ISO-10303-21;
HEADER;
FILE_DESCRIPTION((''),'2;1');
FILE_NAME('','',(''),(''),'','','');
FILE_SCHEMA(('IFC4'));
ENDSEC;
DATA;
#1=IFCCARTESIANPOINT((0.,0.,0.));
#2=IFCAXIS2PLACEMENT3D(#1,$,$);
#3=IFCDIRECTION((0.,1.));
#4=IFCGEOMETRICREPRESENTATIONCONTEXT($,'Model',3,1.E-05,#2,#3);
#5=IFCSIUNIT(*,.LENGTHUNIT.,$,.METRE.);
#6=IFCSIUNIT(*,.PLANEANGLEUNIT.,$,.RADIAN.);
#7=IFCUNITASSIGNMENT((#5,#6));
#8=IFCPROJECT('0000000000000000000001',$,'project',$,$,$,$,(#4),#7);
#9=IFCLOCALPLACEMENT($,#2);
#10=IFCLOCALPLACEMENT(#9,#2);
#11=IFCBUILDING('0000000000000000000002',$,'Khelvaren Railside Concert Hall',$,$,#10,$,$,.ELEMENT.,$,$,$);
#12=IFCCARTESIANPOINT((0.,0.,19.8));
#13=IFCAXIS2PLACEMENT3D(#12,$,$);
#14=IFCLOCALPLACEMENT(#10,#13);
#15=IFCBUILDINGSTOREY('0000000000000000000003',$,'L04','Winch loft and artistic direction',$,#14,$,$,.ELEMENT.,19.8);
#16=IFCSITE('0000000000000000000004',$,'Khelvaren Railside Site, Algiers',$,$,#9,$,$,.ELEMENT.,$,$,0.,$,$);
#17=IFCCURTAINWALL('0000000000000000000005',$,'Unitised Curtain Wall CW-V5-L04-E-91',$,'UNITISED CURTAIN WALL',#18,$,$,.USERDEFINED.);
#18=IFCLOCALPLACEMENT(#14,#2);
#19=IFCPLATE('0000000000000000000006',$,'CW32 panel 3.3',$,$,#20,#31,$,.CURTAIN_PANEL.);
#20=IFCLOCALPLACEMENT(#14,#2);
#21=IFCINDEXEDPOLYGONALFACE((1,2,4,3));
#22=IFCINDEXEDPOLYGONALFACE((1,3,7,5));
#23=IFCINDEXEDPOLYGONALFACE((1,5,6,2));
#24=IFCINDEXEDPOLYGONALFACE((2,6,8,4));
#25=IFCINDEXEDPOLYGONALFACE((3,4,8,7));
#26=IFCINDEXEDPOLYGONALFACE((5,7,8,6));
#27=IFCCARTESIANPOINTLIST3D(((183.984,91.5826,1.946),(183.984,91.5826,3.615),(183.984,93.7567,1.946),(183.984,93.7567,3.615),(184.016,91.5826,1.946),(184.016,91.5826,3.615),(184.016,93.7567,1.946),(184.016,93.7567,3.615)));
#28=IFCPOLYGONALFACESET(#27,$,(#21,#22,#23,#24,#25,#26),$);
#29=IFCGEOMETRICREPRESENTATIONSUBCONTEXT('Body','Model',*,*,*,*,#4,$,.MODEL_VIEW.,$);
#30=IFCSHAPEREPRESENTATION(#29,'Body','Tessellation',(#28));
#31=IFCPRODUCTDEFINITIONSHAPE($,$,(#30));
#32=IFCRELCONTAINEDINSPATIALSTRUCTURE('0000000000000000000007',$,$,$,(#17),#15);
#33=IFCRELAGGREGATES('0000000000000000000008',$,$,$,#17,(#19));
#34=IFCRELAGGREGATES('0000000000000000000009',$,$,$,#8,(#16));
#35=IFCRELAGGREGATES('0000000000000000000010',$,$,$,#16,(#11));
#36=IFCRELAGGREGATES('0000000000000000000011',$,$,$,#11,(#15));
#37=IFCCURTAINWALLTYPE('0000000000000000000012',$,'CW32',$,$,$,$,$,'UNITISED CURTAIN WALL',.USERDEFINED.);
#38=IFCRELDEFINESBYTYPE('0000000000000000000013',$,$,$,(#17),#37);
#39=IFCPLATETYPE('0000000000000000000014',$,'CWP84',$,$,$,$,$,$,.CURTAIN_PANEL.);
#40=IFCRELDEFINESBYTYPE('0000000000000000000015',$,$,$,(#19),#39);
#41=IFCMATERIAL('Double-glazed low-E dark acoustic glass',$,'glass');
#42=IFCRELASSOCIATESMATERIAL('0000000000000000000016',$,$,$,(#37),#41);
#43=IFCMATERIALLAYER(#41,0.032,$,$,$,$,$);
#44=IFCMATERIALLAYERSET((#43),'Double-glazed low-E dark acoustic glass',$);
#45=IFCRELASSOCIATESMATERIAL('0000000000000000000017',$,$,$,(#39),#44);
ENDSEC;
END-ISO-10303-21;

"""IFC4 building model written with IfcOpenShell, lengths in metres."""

from ifc_helpers import new_model, si_unit, direction, frame, origin, origin_2d, place, context, subcontext, project, spatial, rectangle, extrude, material, layer, layer_set, type_object, element, aggregate, save


model = new_model("IFC4")

# Units and contexts
model_context = context("Model", 3, precision=1e-05, world=origin(), true_north=direction((0.0, 1.0)))
body_context = subcontext(model_context, "Body", "Model", "MODEL_VIEW")
ifc_project = project(units=[si_unit("LENGTHUNIT", "METRE"), si_unit("PLANEANGLEUNIT", "RADIAN")], contexts=[model_context])

# Site, building, storey
site_placement = place(None, origin())
site = spatial("IfcSite", under=ifc_project, at=site_placement, Name="Khelvaren Railside Site, Algiers", CompositionType="ELEMENT", RefElevation=0.0)
building_placement = place(site_placement, origin())
building = spatial("IfcBuilding", under=site, at=building_placement, Name="Khelvaren Railside Concert Hall", CompositionType="ELEMENT")
storey_placement = place(building_placement, frame((0.0, 0.0, 19.8)))
storey = spatial("IfcBuildingStorey", under=building, at=storey_placement, Name="L04", Description="Winch loft and artistic direction", CompositionType="ELEMENT", Elevation=19.8)

# Curtain wall
ifc_material_1 = material(Name="Double-glazed low-E dark acoustic glass", Category="glass")
curtain_wall_type_1 = type_object("IfcCurtainWallType", Name="CW32", ElementType="UNITISED CURTAIN WALL", PredefinedType="USERDEFINED", material=ifc_material_1)
curtain_wall_1_placement = place(storey_placement, origin())
curtain_wall_1 = element("IfcCurtainWall", 1, at=curtain_wall_1_placement, inside=storey, type_object=curtain_wall_type_1, Name="Unitised Curtain Wall CW-V5-L04-E-91", ObjectType="UNITISED CURTAIN WALL", PredefinedType="USERDEFINED")

# Plate
ifc_layer_1 = layer(ifc_material_1, 0.032)
ifc_layer_set_1 = layer_set([ifc_layer_1], Name="Double-glazed low-E dark acoustic glass")
plate_type_1 = type_object("IfcPlateType", Name="CWP84", PredefinedType="CURTAIN_PANEL", material=ifc_layer_set_1)
plate_1_placement = place(storey_placement, frame((184.0, 92.6697, 1.946), z_axis=(0.0, 0.0, 1.0), x_axis=(0.0, -1.0, 0.0)))
plate_1 = element("IfcPlate", 2, at=plate_1_placement, type_object=plate_type_1, Name="CW32 panel 3.3", PredefinedType="CURTAIN_PANEL", context=body_context, shape_type="SweptSolid", body=[
    extrude(rectangle(XDim=2.1741, YDim=0.032, at=origin_2d()), origin(), (0.0, 0.0, 1.0), 1.6689),
])
aggregate(curtain_wall_1, [plate_1])

save(model, "model.ifc")
